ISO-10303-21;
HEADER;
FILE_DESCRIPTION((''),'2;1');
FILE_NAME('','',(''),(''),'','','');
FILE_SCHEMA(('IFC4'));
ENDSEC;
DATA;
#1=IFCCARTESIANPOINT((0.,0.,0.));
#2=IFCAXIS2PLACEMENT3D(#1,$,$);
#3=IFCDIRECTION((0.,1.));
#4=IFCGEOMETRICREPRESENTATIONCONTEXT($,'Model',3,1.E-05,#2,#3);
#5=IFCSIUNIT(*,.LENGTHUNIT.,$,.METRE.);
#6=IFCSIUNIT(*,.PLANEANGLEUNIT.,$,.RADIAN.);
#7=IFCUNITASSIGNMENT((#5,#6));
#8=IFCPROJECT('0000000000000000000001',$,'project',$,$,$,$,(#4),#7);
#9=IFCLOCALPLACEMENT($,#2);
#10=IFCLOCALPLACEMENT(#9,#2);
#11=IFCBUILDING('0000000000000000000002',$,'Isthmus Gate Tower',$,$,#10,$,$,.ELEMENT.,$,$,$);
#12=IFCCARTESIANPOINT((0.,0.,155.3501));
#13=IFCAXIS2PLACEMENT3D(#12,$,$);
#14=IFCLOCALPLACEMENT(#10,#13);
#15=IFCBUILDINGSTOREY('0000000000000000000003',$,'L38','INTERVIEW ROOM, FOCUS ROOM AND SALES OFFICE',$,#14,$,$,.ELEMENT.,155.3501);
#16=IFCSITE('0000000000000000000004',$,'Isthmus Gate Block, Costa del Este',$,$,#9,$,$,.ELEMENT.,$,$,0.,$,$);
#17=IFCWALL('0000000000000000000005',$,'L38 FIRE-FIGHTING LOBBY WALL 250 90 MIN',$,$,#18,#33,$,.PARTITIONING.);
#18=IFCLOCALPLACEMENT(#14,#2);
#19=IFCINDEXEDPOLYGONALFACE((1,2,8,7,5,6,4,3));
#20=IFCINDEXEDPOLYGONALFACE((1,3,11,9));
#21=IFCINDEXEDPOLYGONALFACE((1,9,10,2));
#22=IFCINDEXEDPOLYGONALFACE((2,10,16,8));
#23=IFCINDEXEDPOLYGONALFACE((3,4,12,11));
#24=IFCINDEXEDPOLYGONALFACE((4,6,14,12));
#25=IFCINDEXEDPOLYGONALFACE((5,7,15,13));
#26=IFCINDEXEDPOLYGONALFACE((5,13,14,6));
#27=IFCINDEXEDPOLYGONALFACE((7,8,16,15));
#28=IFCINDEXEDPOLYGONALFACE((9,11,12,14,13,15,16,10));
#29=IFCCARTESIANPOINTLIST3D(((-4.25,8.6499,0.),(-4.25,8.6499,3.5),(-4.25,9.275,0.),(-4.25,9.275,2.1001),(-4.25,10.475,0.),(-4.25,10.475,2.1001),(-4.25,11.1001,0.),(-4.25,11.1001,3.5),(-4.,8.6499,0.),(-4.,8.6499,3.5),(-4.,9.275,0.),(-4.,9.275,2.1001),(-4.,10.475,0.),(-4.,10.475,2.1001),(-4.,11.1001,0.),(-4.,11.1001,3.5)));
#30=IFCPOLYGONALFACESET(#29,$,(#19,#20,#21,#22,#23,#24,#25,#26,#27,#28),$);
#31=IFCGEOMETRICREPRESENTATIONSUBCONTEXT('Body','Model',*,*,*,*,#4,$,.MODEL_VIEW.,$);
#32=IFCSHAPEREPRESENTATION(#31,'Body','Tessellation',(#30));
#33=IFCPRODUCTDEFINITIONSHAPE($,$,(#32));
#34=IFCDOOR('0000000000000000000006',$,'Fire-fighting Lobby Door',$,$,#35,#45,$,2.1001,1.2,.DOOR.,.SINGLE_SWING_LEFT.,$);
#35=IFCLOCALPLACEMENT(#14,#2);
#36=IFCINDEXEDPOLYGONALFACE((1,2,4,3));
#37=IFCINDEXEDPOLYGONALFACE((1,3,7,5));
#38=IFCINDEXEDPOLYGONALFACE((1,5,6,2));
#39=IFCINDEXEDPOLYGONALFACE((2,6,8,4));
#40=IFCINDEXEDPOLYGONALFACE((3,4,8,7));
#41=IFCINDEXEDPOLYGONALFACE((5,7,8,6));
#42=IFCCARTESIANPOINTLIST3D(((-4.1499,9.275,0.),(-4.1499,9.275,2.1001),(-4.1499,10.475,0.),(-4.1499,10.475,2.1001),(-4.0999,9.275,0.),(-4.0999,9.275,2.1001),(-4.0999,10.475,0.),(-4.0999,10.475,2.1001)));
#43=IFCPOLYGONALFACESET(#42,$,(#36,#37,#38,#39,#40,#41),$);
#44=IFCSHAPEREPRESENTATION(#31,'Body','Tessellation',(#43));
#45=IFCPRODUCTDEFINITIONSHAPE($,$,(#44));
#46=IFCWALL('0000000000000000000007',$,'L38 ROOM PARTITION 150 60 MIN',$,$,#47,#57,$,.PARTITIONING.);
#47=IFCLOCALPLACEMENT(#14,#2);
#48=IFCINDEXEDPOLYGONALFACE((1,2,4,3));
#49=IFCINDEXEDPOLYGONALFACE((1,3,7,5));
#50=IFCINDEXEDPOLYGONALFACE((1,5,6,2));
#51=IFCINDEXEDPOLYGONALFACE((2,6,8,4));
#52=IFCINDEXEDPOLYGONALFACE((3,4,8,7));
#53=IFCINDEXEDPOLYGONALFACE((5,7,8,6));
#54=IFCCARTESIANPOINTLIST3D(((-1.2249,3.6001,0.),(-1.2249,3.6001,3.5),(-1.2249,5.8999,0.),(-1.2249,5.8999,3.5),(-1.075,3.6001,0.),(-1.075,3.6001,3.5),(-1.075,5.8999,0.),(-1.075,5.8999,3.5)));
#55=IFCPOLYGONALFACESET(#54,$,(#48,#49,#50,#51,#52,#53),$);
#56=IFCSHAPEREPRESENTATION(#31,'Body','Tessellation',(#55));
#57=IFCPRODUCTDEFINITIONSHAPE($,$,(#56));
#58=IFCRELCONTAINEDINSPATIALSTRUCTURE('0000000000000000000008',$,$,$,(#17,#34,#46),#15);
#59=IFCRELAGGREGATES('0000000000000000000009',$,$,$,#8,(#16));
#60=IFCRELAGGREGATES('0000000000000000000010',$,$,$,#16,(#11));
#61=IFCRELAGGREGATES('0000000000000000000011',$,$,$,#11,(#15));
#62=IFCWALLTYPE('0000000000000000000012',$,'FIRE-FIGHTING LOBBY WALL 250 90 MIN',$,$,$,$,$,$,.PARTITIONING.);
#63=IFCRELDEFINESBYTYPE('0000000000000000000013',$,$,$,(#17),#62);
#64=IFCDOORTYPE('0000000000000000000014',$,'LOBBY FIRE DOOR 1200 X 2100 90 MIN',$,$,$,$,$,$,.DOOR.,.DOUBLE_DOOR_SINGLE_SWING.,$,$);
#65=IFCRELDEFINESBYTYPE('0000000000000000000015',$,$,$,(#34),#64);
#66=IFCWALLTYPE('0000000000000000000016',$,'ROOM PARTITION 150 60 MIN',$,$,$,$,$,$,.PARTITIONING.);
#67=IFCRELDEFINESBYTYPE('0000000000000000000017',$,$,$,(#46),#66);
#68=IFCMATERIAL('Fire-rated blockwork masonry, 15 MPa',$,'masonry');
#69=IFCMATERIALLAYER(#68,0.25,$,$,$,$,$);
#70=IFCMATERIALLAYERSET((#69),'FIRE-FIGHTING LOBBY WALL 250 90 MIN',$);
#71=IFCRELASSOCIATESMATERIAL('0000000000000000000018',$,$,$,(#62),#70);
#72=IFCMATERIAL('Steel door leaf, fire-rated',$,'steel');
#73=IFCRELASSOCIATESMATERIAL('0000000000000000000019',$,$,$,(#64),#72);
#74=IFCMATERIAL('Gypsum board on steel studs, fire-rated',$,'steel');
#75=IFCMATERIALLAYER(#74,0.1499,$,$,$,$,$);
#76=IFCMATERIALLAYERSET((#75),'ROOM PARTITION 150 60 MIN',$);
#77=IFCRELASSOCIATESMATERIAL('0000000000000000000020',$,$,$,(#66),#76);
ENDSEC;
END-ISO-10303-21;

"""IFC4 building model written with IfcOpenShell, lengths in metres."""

from ifc_helpers import new_model, si_unit, direction, frame, frame_2d, origin, place, context, subcontext, project, spatial, rectangle, extrude, material, layer, layer_set, type_object, element, fill, save


model = new_model("IFC4")

# Units and contexts
model_context = context("Model", 3, precision=1e-05, world=origin(), true_north=direction((0.0, 1.0)))
body_context = subcontext(model_context, "Body", "Model", "MODEL_VIEW")
ifc_project = project(units=[si_unit("LENGTHUNIT", "METRE"), si_unit("PLANEANGLEUNIT", "RADIAN")], contexts=[model_context])

# Site, building, storey
site_placement = place(None, origin())
site = spatial("IfcSite", under=ifc_project, at=site_placement, Name="Isthmus Gate Block, Costa del Este", CompositionType="ELEMENT", RefElevation=0.0)
building_placement = place(site_placement, origin())
building = spatial("IfcBuilding", under=site, at=building_placement, Name="Isthmus Gate Tower", CompositionType="ELEMENT")
storey_placement = place(building_placement, frame((0.0, 0.0, 155.3501)))
storey = spatial("IfcBuildingStorey", under=building, at=storey_placement, Name="L38", Description="INTERVIEW ROOM, FOCUS ROOM AND SALES OFFICE", CompositionType="ELEMENT", Elevation=155.3501)

# Wall, opening, door
ifc_material_1 = material(Name="Fire-rated blockwork masonry, 15 MPa", Category="masonry")
ifc_layer_1 = layer(ifc_material_1, 0.25)
ifc_layer_set_1 = layer_set([ifc_layer_1], Name="FIRE-FIGHTING LOBBY WALL 250 90 MIN")
wall_type_1 = type_object("IfcWallType", Name="FIRE-FIGHTING LOBBY WALL 250 90 MIN", PredefinedType="PARTITIONING", material=ifc_layer_set_1)
wall_1_placement = place(storey_placement, frame((-4.125, 8.6499, 0.0), z_axis=(0.0, 0.0, 1.0), x_axis=(0.0, 1.0, 0.0)))
wall_1 = element("IfcWall", 1, at=wall_1_placement, inside=storey, type_object=wall_type_1, Name="L38 FIRE-FIGHTING LOBBY WALL 250 90 MIN", PredefinedType="PARTITIONING", context=body_context, shape_type="SweptSolid", body=[
    extrude(rectangle(XDim=2.4502, YDim=0.25, at=frame_2d((1.2251, 0.0))), origin(), (0.0, 0.0, 1.0), 3.5),
])
opening_1_placement = place(wall_1_placement, frame((0.625, 0.0, 0.0)))
opening_1 = element("IfcOpeningElement", 2, at=opening_1_placement, cuts=wall_1, PredefinedType="OPENING", context=body_context, shape_type="SweptSolid", body=[
    extrude(rectangle(XDim=1.2, YDim=2.1001, at=frame_2d((0.6001, 1.05))), frame((0.0, 0.135, 0.0), z_axis=(0.0, -1.0, 0.0), x_axis=(1.0, 0.0, 0.0)), (0.0, 0.0, 1.0), 0.27),
])
ifc_material_2 = material(Name="Steel door leaf, fire-rated", Category="steel")
door_type_1 = type_object("IfcDoorType", Name="LOBBY FIRE DOOR 1200 X 2100 90 MIN", OperationType="DOUBLE_DOOR_SINGLE_SWING", PredefinedType="DOOR", material=ifc_material_2)
door_1_placement = place(opening_1_placement, origin())
door_1 = element("IfcDoor", 3, at=door_1_placement, inside=storey, type_object=door_type_1, Name="Fire-fighting Lobby Door", OperationType="SINGLE_SWING_LEFT", OverallHeight=2.1001, OverallWidth=1.2, PredefinedType="DOOR", context=body_context, shape_type="SweptSolid", body=[
    extrude(rectangle(XDim=1.2, YDim=2.1001, at=frame_2d((0.6001, 1.05))), frame((0.0, 0.0249, 0.0), z_axis=(0.0, -1.0, 0.0), x_axis=(1.0, 0.0, 0.0)), (0.0, 0.0, 1.0), 0.05),
])
fill(opening_1, door_1)

# Wall
ifc_material_3 = material(Name="Gypsum board on steel studs, fire-rated", Category="steel")
ifc_layer_2 = layer(ifc_material_3, 0.1499)
ifc_layer_set_2 = layer_set([ifc_layer_2], Name="ROOM PARTITION 150 60 MIN")
wall_type_2 = type_object("IfcWallType", Name="ROOM PARTITION 150 60 MIN", PredefinedType="PARTITIONING", material=ifc_layer_set_2)
wall_2_placement = place(storey_placement, frame((-1.1499, 3.6001, 0.0), z_axis=(0.0, 0.0, 1.0), x_axis=(0.0, 1.0, 0.0)))
element("IfcWall", 4, at=wall_2_placement, inside=storey, type_object=wall_type_2, Name="L38 ROOM PARTITION 150 60 MIN", PredefinedType="PARTITIONING", context=body_context, shape_type="SweptSolid", body=[
    extrude(rectangle(XDim=2.2998, YDim=0.1499, at=frame_2d((1.1499, 0.0))), origin(), (0.0, 0.0, 1.0), 3.5),
])

save(model, "model.ifc")
